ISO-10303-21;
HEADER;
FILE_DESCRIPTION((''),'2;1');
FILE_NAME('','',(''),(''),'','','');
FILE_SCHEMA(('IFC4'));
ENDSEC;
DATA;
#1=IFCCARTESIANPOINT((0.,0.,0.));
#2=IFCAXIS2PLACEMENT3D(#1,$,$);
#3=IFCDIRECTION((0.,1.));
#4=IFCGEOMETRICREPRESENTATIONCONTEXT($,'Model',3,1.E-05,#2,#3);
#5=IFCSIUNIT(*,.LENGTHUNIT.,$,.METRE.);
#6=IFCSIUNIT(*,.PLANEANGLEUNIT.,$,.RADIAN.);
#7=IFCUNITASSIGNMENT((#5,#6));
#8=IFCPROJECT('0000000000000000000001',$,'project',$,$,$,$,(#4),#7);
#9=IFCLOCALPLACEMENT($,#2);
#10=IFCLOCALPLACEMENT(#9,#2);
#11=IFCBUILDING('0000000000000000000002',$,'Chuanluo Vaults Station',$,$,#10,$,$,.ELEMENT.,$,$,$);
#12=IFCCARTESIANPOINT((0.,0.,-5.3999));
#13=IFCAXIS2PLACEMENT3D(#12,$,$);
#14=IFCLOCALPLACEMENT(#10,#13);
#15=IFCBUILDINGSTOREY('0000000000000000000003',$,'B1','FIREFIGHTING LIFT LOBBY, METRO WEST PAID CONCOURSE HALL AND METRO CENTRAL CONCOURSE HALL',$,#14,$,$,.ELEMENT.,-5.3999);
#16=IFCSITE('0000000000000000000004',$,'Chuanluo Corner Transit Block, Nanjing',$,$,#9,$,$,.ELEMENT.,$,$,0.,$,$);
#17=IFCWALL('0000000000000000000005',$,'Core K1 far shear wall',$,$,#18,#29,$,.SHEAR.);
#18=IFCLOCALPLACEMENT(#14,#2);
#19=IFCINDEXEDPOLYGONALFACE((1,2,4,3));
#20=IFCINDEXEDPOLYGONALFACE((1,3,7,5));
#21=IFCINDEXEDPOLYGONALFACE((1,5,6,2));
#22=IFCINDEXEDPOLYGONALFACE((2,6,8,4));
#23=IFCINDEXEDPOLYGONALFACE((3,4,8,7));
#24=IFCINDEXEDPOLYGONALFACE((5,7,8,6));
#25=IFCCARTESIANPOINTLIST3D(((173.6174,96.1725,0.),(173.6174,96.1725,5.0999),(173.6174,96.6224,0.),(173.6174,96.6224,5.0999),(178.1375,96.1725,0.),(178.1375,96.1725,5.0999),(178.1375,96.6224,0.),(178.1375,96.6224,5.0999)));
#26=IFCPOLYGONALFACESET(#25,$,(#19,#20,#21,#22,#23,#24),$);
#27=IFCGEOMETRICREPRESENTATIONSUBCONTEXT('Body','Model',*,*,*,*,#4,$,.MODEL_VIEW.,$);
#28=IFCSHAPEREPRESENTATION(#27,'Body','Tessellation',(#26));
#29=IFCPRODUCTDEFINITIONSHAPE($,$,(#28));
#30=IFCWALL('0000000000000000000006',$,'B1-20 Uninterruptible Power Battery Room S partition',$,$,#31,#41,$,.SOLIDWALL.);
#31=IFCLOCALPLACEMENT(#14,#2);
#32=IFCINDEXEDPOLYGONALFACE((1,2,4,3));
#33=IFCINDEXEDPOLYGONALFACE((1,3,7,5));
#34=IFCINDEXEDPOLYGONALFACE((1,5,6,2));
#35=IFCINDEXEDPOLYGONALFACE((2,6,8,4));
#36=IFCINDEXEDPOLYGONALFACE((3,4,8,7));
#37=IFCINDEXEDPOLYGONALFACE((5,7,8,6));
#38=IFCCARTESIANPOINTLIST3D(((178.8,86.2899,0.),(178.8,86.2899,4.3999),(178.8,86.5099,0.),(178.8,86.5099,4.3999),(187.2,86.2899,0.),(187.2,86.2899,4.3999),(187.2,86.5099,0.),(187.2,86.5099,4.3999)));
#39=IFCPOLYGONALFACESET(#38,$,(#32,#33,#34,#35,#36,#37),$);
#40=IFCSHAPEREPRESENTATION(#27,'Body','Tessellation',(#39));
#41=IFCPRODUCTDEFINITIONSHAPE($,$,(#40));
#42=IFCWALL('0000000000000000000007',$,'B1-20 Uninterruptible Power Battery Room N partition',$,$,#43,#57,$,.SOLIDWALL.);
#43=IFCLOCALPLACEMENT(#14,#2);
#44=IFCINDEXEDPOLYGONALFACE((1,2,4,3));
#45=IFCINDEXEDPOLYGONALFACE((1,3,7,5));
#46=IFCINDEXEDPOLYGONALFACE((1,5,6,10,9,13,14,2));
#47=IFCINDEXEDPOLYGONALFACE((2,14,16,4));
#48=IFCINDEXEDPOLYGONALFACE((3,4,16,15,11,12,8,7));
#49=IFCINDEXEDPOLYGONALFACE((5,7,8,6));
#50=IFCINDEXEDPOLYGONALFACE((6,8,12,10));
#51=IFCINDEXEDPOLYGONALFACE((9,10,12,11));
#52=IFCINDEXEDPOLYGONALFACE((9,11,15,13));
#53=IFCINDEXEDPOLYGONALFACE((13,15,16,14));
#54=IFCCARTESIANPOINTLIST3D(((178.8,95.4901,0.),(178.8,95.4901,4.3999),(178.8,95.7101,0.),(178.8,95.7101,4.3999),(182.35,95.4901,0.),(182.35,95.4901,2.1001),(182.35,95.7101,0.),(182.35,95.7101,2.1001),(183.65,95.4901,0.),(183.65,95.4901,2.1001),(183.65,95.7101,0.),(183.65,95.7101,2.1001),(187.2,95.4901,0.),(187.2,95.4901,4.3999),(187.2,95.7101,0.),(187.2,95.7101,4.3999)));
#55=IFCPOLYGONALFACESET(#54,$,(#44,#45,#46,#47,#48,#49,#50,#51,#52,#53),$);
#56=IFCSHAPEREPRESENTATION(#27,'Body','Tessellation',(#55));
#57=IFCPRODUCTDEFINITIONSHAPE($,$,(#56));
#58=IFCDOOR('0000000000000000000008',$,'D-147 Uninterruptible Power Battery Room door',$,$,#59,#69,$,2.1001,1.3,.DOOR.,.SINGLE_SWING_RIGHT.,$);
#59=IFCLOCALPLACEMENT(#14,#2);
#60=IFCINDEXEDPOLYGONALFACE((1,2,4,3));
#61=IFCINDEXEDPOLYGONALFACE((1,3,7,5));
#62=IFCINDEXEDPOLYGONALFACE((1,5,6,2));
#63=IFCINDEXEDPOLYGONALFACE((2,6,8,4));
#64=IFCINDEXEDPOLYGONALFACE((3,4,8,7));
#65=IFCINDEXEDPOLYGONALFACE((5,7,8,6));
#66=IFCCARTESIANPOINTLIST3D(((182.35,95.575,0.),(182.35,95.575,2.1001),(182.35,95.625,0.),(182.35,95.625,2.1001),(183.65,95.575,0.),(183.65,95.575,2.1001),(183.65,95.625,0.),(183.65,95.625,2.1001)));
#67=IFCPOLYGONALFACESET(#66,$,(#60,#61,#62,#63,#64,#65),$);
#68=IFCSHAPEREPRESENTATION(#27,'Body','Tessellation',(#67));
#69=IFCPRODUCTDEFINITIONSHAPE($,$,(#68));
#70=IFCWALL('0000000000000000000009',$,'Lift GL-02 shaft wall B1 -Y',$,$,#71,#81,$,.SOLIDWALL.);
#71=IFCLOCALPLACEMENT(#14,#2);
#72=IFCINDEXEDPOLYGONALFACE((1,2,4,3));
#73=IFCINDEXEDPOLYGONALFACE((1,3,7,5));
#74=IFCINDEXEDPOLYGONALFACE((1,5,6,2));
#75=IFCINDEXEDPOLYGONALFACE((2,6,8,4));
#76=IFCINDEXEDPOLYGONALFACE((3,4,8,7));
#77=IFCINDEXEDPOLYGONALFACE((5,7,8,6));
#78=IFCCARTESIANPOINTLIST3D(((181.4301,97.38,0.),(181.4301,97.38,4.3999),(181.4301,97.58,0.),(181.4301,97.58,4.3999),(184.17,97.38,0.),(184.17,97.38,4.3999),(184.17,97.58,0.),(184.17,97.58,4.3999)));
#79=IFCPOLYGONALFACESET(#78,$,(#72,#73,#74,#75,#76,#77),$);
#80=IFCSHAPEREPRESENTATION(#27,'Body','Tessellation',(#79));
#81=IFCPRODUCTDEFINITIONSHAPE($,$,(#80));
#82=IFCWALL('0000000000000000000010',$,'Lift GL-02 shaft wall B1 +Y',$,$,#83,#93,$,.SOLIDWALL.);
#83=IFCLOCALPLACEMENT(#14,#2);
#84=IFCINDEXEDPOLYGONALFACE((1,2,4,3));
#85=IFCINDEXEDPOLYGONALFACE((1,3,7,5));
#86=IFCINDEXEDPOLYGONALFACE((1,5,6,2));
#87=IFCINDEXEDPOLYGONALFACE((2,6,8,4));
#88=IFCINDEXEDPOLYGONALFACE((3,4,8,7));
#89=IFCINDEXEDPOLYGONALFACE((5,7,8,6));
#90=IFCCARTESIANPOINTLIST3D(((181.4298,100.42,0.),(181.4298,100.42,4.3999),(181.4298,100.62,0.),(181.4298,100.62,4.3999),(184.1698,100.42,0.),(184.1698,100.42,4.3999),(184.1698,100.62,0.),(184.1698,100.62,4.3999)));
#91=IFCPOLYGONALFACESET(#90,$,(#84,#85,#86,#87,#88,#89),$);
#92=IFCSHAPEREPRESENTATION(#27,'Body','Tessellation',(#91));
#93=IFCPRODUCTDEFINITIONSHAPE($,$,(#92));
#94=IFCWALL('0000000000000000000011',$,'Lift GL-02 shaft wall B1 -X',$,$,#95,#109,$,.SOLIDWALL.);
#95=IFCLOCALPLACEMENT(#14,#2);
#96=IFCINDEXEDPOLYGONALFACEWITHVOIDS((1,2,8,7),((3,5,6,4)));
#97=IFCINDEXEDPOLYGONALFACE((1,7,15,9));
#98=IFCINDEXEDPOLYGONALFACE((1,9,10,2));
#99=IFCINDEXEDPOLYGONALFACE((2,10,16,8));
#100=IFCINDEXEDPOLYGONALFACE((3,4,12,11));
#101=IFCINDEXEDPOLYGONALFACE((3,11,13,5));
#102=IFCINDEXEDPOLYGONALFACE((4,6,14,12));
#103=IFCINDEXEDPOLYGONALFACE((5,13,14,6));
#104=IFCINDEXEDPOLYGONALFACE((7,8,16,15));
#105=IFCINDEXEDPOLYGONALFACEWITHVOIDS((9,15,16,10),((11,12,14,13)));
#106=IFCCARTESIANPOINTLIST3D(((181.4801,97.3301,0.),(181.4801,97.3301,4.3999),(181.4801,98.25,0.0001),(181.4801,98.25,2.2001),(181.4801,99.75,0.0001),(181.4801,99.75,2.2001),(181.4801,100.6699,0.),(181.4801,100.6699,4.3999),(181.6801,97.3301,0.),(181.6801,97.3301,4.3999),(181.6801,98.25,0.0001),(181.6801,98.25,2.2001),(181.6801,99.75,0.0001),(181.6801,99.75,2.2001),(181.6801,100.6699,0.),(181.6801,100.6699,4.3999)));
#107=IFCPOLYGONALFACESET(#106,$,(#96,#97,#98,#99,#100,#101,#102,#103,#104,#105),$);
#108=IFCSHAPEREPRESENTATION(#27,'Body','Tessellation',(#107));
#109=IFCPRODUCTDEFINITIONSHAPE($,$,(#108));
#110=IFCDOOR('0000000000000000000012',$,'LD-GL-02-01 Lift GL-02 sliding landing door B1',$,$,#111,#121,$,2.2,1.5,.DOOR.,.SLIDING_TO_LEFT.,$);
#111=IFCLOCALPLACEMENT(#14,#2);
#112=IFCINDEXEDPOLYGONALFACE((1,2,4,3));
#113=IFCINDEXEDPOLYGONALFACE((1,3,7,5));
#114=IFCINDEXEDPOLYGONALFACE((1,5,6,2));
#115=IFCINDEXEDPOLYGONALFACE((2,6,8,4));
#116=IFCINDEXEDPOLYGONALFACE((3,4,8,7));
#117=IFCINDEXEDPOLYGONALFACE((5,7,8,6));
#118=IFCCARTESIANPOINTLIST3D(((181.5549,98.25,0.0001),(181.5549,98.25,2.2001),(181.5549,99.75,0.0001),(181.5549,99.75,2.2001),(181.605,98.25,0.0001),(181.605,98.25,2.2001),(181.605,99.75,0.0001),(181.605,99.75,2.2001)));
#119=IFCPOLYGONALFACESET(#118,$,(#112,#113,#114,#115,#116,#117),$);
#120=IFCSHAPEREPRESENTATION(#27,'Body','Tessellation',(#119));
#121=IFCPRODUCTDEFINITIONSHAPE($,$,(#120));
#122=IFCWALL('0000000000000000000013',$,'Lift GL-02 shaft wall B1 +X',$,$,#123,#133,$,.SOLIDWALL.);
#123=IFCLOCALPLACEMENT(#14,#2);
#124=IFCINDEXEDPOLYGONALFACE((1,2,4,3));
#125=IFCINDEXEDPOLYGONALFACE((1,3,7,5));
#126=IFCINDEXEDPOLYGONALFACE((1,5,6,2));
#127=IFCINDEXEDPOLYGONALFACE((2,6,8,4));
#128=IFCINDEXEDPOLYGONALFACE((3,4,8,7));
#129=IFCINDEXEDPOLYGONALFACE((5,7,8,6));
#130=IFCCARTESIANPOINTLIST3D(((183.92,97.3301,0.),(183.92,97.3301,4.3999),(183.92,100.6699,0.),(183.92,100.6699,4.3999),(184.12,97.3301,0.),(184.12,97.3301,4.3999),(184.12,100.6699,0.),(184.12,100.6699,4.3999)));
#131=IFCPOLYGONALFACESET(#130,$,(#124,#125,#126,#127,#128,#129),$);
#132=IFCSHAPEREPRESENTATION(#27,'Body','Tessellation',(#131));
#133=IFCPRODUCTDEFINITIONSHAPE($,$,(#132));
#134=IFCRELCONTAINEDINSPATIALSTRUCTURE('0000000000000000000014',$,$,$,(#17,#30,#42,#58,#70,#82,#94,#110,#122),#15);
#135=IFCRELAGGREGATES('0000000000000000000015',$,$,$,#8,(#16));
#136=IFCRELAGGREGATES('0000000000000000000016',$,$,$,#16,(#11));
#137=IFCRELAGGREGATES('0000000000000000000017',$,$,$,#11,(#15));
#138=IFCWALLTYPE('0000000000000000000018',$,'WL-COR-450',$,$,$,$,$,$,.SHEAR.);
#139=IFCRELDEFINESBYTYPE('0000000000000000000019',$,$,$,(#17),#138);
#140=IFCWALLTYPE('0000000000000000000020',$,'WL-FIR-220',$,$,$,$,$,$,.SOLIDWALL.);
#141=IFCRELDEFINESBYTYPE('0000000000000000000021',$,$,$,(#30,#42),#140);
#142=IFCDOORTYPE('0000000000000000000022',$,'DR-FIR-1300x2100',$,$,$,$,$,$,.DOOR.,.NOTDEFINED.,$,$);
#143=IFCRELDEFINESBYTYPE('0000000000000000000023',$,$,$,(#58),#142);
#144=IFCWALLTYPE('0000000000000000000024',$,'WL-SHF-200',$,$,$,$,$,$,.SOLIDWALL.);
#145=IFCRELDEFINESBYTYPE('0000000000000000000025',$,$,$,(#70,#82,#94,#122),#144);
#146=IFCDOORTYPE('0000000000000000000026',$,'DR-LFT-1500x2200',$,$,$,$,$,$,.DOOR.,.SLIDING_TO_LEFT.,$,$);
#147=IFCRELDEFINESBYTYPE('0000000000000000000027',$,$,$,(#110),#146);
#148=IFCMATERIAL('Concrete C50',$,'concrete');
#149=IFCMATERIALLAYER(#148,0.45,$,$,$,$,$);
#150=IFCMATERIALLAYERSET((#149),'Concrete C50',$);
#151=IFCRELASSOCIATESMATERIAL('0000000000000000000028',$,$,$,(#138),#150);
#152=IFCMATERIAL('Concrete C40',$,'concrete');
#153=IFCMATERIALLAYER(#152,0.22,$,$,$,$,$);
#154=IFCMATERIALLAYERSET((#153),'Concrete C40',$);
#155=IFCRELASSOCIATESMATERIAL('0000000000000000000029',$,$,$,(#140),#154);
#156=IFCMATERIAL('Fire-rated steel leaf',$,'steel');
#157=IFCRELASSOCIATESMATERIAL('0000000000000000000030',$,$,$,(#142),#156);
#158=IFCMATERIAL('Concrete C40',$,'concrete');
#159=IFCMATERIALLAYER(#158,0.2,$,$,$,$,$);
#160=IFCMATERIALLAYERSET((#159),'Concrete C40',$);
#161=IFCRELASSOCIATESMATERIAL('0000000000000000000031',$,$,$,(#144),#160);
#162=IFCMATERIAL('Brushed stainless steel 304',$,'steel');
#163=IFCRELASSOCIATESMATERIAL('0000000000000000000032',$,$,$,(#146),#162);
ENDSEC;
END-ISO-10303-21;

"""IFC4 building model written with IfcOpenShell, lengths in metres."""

from ifc_helpers import new_model, si_unit, direction, frame, frame_2d, origin, place, context, subcontext, project, spatial, rectangle, extrude, material, layer, layer_set, type_object, element, fill, save


model = new_model("IFC4")

# Units and contexts
model_context = context("Model", 3, precision=1e-05, world=origin(), true_north=direction((0.0, 1.0)))
body_context = subcontext(model_context, "Body", "Model", "MODEL_VIEW")
ifc_project = project(units=[si_unit("LENGTHUNIT", "METRE"), si_unit("PLANEANGLEUNIT", "RADIAN")], contexts=[model_context])

# Site, building, storey
site_placement = place(None, origin())
site = spatial("IfcSite", under=ifc_project, at=site_placement, Name="Chuanluo Corner Transit Block, Nanjing", CompositionType="ELEMENT", RefElevation=0.0)
building_placement = place(site_placement, origin())
building = spatial("IfcBuilding", under=site, at=building_placement, Name="Chuanluo Vaults Station", CompositionType="ELEMENT")
storey_placement = place(building_placement, frame((0.0, 0.0, -5.3999)))
storey = spatial("IfcBuildingStorey", under=building, at=storey_placement, Name="B1", Description="FIREFIGHTING LIFT LOBBY, METRO WEST PAID CONCOURSE HALL AND METRO CENTRAL CONCOURSE HALL", CompositionType="ELEMENT", Elevation=-5.3999)

# Walls
ifc_material_1 = material(Name="Concrete C50", Category="concrete")
ifc_layer_1 = layer(ifc_material_1, 0.45)
ifc_layer_set_1 = layer_set([ifc_layer_1], Name="Concrete C50")
wall_type_1 = type_object("IfcWallType", Name="WL-COR-450", PredefinedType="SHEAR", material=ifc_layer_set_1)
wall_1_placement = place(storey_placement, frame((178.1375, 96.3975, 0.0), z_axis=(0.0, 0.0, 1.0), x_axis=(-1.0, 0.0, 0.0)))
element("IfcWall", 1, at=wall_1_placement, inside=storey, type_object=wall_type_1, Name="Core K1 far shear wall", PredefinedType="SHEAR", context=body_context, shape_type="SweptSolid", body=[
    extrude(rectangle(XDim=4.52, YDim=0.45, at=frame_2d((2.26, 0.0))), origin(), (0.0, 0.0, 1.0), 5.0999),
])
ifc_material_2 = material(Name="Concrete C40", Category="concrete")
ifc_layer_2 = layer(ifc_material_2, 0.22)
ifc_layer_set_2 = layer_set([ifc_layer_2], Name="Concrete C40")
wall_type_2 = type_object("IfcWallType", Name="WL-FIR-220", PredefinedType="SOLIDWALL", material=ifc_layer_set_2)
wall_2_placement = place(storey_placement, frame((187.2, 86.3999, 0.0), z_axis=(0.0, 0.0, 1.0), x_axis=(-1.0, 0.0, 0.0)))
element("IfcWall", 2, at=wall_2_placement, inside=storey, type_object=wall_type_2, Name="B1-20 Uninterruptible Power Battery Room S partition", PredefinedType="SOLIDWALL", context=body_context, shape_type="SweptSolid", body=[
    extrude(rectangle(XDim=8.3999, YDim=0.22, at=frame_2d((4.2, 0.0))), origin(), (0.0, 0.0, 1.0), 4.3999),
])

# Wall, opening, door
wall_3_placement = place(storey_placement, frame((178.8, 95.6001, 0.0), z_axis=(0.0, 0.0, 1.0), x_axis=(1.0, 0.0, 0.0)))
wall_3 = element("IfcWall", 3, at=wall_3_placement, inside=storey, type_object=wall_type_2, Name="B1-20 Uninterruptible Power Battery Room N partition", PredefinedType="SOLIDWALL", context=body_context, shape_type="SweptSolid", body=[
    extrude(rectangle(XDim=8.3999, YDim=0.22, at=frame_2d((4.2, 0.0))), origin(), (0.0, 0.0, 1.0), 4.3999),
])
opening_1_placement = place(wall_3_placement, frame((3.55, 0.0, 0.0)))
opening_1 = element("IfcOpeningElement", 4, at=opening_1_placement, cuts=wall_3, PredefinedType="OPENING", context=body_context, shape_type="SweptSolid", body=[
    extrude(rectangle(XDim=1.3, YDim=2.1001, at=frame_2d((0.6499, 1.05))), frame((0.0, 0.1199, 0.0), z_axis=(0.0, -1.0, 0.0), x_axis=(1.0, 0.0, 0.0)), (0.0, 0.0, 1.0), 0.24),
])
ifc_material_3 = material(Name="Fire-rated steel leaf", Category="steel")
door_type_1 = type_object("IfcDoorType", Name="DR-FIR-1300x2100", OperationType="NOTDEFINED", PredefinedType="DOOR", material=ifc_material_3)
door_1_placement = place(opening_1_placement, origin())
door_1 = element("IfcDoor", 5, at=door_1_placement, inside=storey, type_object=door_type_1, Name="D-147 Uninterruptible Power Battery Room door", OperationType="SINGLE_SWING_RIGHT", OverallHeight=2.1001, OverallWidth=1.3, PredefinedType="DOOR", context=body_context, shape_type="SweptSolid", body=[
    extrude(rectangle(XDim=1.3, YDim=2.1001, at=frame_2d((0.6499, 1.05))), frame((0.0, 0.0249, 0.0), z_axis=(0.0, -1.0, 0.0), x_axis=(1.0, 0.0, 0.0)), (0.0, 0.0, 1.0), 0.05),
])
fill(opening_1, door_1)

# Walls
ifc_material_4 = material(Name="Concrete C40", Category="concrete")
ifc_layer_3 = layer(ifc_material_4, 0.2)
ifc_layer_set_3 = layer_set([ifc_layer_3], Name="Concrete C40")
wall_type_3 = type_object("IfcWallType", Name="WL-SHF-200", PredefinedType="SOLIDWALL", material=ifc_layer_set_3)
for number, where, z_axis, x_axis, name in (
    (6, (181.4299, 97.48, 0.0), (0.0, 0.0, 1.0), (1.0, 0.0, 0.0), "Lift GL-02 shaft wall B1 -Y"),
    (7, (184.1699, 100.52, 0.0), (0.0, 0.0, 1.0), (-1.0, 0.0, 0.0), "Lift GL-02 shaft wall B1 +Y"),
):
    element("IfcWall", number, at=place(storey_placement, frame(where, z_axis=z_axis, x_axis=x_axis)), inside=storey, type_object=wall_type_3, Name=name, PredefinedType="SOLIDWALL", context=body_context, shape_type="SweptSolid", body=[
        extrude(rectangle(XDim=2.74, YDim=0.2, at=frame_2d((1.3701, 0.0))), origin(), (0.0, 0.0, 1.0), 4.3999),
    ])

# Wall, opening, door
wall_4_placement = place(storey_placement, frame((181.5801, 100.6699, 0.0), z_axis=(0.0, 0.0, 1.0), x_axis=(0.0, -1.0, 0.0)))
wall_4 = element("IfcWall", 8, at=wall_4_placement, inside=storey, type_object=wall_type_3, Name="Lift GL-02 shaft wall B1 -X", PredefinedType="SOLIDWALL", context=body_context, shape_type="SweptSolid", body=[
    extrude(rectangle(XDim=3.3398, YDim=0.2, at=frame_2d((1.6699, 0.0))), origin(), (0.0, 0.0, 1.0), 4.3999),
])
opening_2_placement = place(wall_4_placement, frame((0.9199, 0.0, 0.0)))
opening_2 = element("IfcOpeningElement", 9, at=opening_2_placement, cuts=wall_4, PredefinedType="OPENING", context=body_context, shape_type="SweptSolid", body=[
    extrude(rectangle(XDim=1.5, YDim=2.2, at=frame_2d((0.75, 1.1001))), frame((0.0, 0.1101, 0.0), z_axis=(0.0, -1.0, 0.0), x_axis=(1.0, 0.0, 0.0)), (0.0, 0.0, 1.0), 0.22),
])
ifc_material_5 = material(Name="Brushed stainless steel 304", Category="steel")
door_type_2 = type_object("IfcDoorType", Name="DR-LFT-1500x2200", OperationType="SLIDING_TO_LEFT", PredefinedType="DOOR", material=ifc_material_5)
door_2_placement = place(opening_2_placement, origin())
door_2 = element("IfcDoor", 10, at=door_2_placement, inside=storey, type_object=door_type_2, Name="LD-GL-02-01 Lift GL-02 sliding landing door B1", OperationType="SLIDING_TO_LEFT", OverallHeight=2.2, OverallWidth=1.5, PredefinedType="DOOR", context=body_context, shape_type="SweptSolid", body=[
    extrude(rectangle(XDim=1.5, YDim=2.2, at=frame_2d((0.75, 1.1001))), frame((0.0, 0.0249, 0.0), z_axis=(0.0, -1.0, 0.0), x_axis=(1.0, 0.0, 0.0)), (0.0, 0.0, 1.0), 0.05),
])
fill(opening_2, door_2)

# Wall
wall_5_placement = place(storey_placement, frame((184.02, 97.3301, 0.0), z_axis=(0.0, 0.0, 1.0), x_axis=(0.0, 1.0, 0.0)))
element("IfcWall", 11, at=wall_5_placement, inside=storey, type_object=wall_type_3, Name="Lift GL-02 shaft wall B1 +X", PredefinedType="SOLIDWALL", context=body_context, shape_type="SweptSolid", body=[
    extrude(rectangle(XDim=3.3398, YDim=0.2, at=frame_2d((1.6699, 0.0))), origin(), (0.0, 0.0, 1.0), 4.3999),
])

save(model, "model.ifc")
